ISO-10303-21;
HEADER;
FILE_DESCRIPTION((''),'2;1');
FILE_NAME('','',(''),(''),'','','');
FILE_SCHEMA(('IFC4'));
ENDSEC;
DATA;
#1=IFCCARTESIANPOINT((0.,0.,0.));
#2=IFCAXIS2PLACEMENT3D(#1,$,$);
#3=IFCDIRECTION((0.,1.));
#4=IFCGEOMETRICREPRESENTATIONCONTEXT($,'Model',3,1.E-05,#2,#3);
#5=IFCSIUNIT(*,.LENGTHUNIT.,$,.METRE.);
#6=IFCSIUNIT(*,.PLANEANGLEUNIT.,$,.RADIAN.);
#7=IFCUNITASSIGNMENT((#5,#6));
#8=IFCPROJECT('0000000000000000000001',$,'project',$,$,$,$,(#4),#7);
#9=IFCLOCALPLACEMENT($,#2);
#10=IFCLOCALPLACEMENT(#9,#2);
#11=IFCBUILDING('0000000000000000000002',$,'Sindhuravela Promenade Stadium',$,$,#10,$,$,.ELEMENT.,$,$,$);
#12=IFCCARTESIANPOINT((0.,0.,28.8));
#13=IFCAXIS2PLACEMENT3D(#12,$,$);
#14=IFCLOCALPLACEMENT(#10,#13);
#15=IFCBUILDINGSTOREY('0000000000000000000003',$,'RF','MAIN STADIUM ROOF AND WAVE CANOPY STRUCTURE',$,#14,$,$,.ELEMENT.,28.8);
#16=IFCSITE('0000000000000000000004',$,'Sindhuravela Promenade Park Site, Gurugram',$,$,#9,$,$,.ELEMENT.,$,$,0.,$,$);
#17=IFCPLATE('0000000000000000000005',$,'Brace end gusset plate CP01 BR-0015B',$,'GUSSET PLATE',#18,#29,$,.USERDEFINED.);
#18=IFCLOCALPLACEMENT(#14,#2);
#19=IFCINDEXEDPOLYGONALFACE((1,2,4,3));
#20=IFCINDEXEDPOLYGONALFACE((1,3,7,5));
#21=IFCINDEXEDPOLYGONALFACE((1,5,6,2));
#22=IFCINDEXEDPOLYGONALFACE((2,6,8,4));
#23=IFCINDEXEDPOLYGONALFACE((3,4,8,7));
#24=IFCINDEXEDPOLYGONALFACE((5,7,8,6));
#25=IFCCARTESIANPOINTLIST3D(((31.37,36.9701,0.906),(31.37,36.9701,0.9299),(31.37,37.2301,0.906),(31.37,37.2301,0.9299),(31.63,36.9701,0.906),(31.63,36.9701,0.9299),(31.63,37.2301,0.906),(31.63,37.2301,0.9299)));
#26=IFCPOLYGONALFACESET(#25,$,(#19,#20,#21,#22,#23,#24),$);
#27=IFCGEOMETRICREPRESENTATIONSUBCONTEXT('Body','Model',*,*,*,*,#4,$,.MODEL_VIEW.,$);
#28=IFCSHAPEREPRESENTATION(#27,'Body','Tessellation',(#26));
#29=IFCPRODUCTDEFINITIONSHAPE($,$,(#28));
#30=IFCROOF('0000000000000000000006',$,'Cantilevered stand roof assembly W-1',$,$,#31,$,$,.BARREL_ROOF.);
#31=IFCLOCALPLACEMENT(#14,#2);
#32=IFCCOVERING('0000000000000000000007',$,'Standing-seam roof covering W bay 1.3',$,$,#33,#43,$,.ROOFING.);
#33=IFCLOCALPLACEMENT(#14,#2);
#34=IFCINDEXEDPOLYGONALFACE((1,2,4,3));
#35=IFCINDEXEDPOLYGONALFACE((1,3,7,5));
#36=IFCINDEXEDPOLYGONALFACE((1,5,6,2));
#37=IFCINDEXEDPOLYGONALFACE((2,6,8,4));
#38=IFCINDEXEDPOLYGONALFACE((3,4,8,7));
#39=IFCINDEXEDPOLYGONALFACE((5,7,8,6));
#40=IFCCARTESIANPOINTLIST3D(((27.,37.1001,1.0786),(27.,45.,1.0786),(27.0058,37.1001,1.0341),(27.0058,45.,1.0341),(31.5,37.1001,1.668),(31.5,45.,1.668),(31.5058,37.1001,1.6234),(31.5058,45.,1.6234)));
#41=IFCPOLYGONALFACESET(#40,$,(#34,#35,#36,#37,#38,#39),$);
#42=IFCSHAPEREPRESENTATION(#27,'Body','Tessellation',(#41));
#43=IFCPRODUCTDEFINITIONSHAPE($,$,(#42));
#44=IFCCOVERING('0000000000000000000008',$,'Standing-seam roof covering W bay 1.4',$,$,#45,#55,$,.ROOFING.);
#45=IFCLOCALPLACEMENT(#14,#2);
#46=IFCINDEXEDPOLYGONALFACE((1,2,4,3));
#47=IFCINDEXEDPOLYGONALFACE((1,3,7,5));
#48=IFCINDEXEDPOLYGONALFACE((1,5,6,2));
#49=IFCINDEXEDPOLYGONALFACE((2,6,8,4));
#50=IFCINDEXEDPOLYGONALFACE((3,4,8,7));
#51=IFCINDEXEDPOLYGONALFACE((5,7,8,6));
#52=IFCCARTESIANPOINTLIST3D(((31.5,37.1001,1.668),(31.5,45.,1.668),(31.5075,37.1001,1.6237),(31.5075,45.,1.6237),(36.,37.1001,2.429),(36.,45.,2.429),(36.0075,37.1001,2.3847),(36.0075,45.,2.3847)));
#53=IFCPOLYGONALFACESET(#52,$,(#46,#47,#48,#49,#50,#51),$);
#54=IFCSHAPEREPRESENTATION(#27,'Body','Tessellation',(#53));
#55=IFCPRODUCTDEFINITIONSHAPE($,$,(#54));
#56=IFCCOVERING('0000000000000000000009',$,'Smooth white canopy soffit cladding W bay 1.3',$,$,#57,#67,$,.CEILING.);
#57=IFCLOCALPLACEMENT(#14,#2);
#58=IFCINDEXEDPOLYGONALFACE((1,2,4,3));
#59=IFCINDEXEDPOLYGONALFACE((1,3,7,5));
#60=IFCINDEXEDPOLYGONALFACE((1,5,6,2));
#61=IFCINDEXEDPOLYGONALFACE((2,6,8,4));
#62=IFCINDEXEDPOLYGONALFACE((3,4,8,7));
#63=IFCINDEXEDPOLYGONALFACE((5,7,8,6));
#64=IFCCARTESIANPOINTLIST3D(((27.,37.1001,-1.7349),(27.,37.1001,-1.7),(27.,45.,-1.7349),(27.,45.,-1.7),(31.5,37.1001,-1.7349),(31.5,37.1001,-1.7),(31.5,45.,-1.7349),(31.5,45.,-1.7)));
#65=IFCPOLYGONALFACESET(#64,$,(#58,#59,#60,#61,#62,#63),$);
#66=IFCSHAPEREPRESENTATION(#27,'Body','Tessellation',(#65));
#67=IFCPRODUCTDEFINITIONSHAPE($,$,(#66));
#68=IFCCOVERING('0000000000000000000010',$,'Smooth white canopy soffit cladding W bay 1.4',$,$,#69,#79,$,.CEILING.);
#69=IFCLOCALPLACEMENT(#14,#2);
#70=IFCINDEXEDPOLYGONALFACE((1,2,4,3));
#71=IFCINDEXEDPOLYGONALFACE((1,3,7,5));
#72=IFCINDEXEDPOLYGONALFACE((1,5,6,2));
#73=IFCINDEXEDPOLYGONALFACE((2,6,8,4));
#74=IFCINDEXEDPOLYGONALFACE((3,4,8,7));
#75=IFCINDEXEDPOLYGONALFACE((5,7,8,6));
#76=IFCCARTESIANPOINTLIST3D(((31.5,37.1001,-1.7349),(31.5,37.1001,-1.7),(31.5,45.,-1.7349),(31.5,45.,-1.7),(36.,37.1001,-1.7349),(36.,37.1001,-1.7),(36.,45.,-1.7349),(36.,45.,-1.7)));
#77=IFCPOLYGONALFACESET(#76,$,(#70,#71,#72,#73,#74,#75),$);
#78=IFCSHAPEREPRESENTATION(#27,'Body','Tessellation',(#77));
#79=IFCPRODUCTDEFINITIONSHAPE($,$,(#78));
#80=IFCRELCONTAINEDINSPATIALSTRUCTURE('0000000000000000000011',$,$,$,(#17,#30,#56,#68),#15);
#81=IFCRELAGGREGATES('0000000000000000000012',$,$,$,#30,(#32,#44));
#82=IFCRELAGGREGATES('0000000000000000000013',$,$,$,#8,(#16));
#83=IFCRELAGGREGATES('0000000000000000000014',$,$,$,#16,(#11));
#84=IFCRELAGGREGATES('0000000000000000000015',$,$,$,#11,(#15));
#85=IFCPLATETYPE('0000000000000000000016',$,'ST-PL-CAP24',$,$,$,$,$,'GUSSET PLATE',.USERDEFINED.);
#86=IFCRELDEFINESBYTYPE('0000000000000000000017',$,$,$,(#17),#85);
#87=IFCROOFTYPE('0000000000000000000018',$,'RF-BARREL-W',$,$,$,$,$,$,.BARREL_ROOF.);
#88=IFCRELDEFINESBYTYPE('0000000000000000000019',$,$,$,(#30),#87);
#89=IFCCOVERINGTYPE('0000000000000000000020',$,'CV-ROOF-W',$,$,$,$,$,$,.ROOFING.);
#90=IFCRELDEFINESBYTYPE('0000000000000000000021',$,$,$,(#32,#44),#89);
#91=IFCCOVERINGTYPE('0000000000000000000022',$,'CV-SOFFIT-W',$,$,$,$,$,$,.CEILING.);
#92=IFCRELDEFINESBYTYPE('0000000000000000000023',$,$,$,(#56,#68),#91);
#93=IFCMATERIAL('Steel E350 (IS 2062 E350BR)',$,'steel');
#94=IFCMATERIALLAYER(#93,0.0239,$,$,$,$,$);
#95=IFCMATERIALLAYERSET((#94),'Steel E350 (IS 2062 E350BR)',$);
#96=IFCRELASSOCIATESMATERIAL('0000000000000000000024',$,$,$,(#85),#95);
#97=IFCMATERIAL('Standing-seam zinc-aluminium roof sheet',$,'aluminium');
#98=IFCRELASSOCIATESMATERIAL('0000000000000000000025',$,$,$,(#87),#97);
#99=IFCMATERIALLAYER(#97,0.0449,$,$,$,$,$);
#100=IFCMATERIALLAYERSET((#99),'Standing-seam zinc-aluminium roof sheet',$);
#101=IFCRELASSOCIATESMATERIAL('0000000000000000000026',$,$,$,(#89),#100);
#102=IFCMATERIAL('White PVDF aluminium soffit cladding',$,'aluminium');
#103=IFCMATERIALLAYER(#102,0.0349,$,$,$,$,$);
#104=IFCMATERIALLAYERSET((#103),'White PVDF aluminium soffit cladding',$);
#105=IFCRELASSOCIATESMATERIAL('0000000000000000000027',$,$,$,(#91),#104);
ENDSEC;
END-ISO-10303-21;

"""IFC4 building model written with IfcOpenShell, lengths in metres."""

from ifc_helpers import new_model, si_unit, direction, frame, origin, origin_2d, place, context, subcontext, project, spatial, polyline, rectangle, outline, extrude, material, layer, layer_set, type_object, element, aggregate, save


model = new_model("IFC4")

# Units and contexts
model_context = context("Model", 3, precision=1e-05, world=origin(), true_north=direction((0.0, 1.0)))
body_context = subcontext(model_context, "Body", "Model", "MODEL_VIEW")
ifc_project = project(units=[si_unit("LENGTHUNIT", "METRE"), si_unit("PLANEANGLEUNIT", "RADIAN")], contexts=[model_context])

# Site, building, storey
site_placement = place(None, origin())
site = spatial("IfcSite", under=ifc_project, at=site_placement, Name="Sindhuravela Promenade Park Site, Gurugram", CompositionType="ELEMENT", RefElevation=0.0)
building_placement = place(site_placement, origin())
building = spatial("IfcBuilding", under=site, at=building_placement, Name="Sindhuravela Promenade Stadium", CompositionType="ELEMENT")
storey_placement = place(building_placement, frame((0.0, 0.0, 28.8)))
storey = spatial("IfcBuildingStorey", under=building, at=storey_placement, Name="RF", Description="MAIN STADIUM ROOF AND WAVE CANOPY STRUCTURE", CompositionType="ELEMENT", Elevation=28.8)

# Shared definitions
ifc_material_1 = material(Name="Steel E350 (IS 2062 E350BR)", Category="steel")

# Plate
ifc_layer_1 = layer(ifc_material_1, 0.0239)
ifc_layer_set_1 = layer_set([ifc_layer_1], Name="Steel E350 (IS 2062 E350BR)")
plate_type = type_object("IfcPlateType", Name="ST-PL-CAP24", ElementType="GUSSET PLATE", PredefinedType="USERDEFINED", material=ifc_layer_set_1)
for number, where, z_axis, x_axis, name in (
    (1, (31.5, 37.1001, 0.906), (0.0, 0.0, 1.0), (1.0, 0.0, 0.0), "Brace end gusset plate CP01 BR-0015B"),
):
    element("IfcPlate", number, at=place(storey_placement, frame(where, z_axis=z_axis, x_axis=x_axis)), inside=storey, type_object=plate_type, Name=name, ObjectType="GUSSET PLATE", PredefinedType="USERDEFINED", context=body_context, shape_type="SweptSolid", body=[
        extrude(rectangle(XDim=0.26, YDim=0.26, at=origin_2d()), origin(), (0.0, 0.0, 1.0), 0.0239),
    ])

# Roof, coverings
ifc_material_2 = material(Name="Standing-seam zinc-aluminium roof sheet", Category="aluminium")
roof_type = type_object("IfcRoofType", Name="RF-BARREL-W", PredefinedType="BARREL_ROOF", material=ifc_material_2)
roof_placement = place(storey_placement, origin())
roof = element("IfcRoof", 2, at=roof_placement, inside=storey, type_object=roof_type, Name="Cantilevered stand roof assembly W-1", PredefinedType="BARREL_ROOF")
ifc_layer_2 = layer(ifc_material_2, 0.0449)
ifc_layer_set_2 = layer_set([ifc_layer_2], Name="Standing-seam zinc-aluminium roof sheet")
covering_type_1 = type_object("IfcCoveringType", Name="CV-ROOF-W", PredefinedType="ROOFING", material=ifc_layer_set_2)
covering_1_placement = place(storey_placement, frame((27.0, 37.1001, 1.0786), z_axis=(-0.129859, 0.0, 0.991532), x_axis=(0.0, 1.0, 0.0)))
covering_1 = element("IfcCovering", 3, at=covering_1_placement, type_object=covering_type_1, Name="Standing-seam roof covering W bay 1.3", PredefinedType="ROOFING", context=body_context, shape_type="SweptSolid", body=[
    extrude(outline(polyline([(0.0, 0.0), (0.0, -4.5384), (7.8999, -4.5384), (7.8999, 0.0), (0.0, 0.0)])), origin(), (0.0, 0.0, -1.0), 0.0449),
])
covering_2_placement = place(storey_placement, frame((31.5, 37.1001, 1.668), z_axis=(-0.166741, 0.0, 0.986001), x_axis=(0.0, 1.0, 0.0)))
covering_2 = element("IfcCovering", 4, at=covering_2_placement, type_object=covering_type_1, Name="Standing-seam roof covering W bay 1.4", PredefinedType="ROOFING", context=body_context, shape_type="SweptSolid", body=[
    extrude(outline(polyline([(0.0, 0.0), (0.0, -4.5639), (7.8999, -4.5639), (7.8999, 0.0), (0.0, 0.0)])), origin(), (0.0, 0.0, -1.0), 0.0449),
])
aggregate(roof, [covering_1, covering_2])

# Coverings
ifc_material_3 = material(Name="White PVDF aluminium soffit cladding", Category="aluminium")
ifc_layer_3 = layer(ifc_material_3, 0.0349)
ifc_layer_set_3 = layer_set([ifc_layer_3], Name="White PVDF aluminium soffit cladding")
covering_type_2 = type_object("IfcCoveringType", Name="CV-SOFFIT-W", PredefinedType="CEILING", material=ifc_layer_set_3)
for number, where, z_axis, x_axis, name in (
    (5, (27.0, 37.1001, -1.7), (0.0, 0.0, 1.0), (0.0, 1.0, 0.0), "Smooth white canopy soffit cladding W bay 1.3"),
    (6, (31.5, 37.1001, -1.7), (0.0, 0.0, 1.0), (0.0, 1.0, 0.0), "Smooth white canopy soffit cladding W bay 1.4"),
):
    element("IfcCovering", number, at=place(storey_placement, frame(where, z_axis=z_axis, x_axis=x_axis)), inside=storey, type_object=covering_type_2, Name=name, PredefinedType="CEILING", context=body_context, shape_type="SweptSolid", body=[
        extrude(outline(polyline([(0.0, 0.0), (0.0, -4.5), (7.8999, -4.5), (7.8999, 0.0), (0.0, 0.0)])), origin(), (0.0, 0.0, -1.0), 0.0349),
    ])

save(model, "model.ifc")
